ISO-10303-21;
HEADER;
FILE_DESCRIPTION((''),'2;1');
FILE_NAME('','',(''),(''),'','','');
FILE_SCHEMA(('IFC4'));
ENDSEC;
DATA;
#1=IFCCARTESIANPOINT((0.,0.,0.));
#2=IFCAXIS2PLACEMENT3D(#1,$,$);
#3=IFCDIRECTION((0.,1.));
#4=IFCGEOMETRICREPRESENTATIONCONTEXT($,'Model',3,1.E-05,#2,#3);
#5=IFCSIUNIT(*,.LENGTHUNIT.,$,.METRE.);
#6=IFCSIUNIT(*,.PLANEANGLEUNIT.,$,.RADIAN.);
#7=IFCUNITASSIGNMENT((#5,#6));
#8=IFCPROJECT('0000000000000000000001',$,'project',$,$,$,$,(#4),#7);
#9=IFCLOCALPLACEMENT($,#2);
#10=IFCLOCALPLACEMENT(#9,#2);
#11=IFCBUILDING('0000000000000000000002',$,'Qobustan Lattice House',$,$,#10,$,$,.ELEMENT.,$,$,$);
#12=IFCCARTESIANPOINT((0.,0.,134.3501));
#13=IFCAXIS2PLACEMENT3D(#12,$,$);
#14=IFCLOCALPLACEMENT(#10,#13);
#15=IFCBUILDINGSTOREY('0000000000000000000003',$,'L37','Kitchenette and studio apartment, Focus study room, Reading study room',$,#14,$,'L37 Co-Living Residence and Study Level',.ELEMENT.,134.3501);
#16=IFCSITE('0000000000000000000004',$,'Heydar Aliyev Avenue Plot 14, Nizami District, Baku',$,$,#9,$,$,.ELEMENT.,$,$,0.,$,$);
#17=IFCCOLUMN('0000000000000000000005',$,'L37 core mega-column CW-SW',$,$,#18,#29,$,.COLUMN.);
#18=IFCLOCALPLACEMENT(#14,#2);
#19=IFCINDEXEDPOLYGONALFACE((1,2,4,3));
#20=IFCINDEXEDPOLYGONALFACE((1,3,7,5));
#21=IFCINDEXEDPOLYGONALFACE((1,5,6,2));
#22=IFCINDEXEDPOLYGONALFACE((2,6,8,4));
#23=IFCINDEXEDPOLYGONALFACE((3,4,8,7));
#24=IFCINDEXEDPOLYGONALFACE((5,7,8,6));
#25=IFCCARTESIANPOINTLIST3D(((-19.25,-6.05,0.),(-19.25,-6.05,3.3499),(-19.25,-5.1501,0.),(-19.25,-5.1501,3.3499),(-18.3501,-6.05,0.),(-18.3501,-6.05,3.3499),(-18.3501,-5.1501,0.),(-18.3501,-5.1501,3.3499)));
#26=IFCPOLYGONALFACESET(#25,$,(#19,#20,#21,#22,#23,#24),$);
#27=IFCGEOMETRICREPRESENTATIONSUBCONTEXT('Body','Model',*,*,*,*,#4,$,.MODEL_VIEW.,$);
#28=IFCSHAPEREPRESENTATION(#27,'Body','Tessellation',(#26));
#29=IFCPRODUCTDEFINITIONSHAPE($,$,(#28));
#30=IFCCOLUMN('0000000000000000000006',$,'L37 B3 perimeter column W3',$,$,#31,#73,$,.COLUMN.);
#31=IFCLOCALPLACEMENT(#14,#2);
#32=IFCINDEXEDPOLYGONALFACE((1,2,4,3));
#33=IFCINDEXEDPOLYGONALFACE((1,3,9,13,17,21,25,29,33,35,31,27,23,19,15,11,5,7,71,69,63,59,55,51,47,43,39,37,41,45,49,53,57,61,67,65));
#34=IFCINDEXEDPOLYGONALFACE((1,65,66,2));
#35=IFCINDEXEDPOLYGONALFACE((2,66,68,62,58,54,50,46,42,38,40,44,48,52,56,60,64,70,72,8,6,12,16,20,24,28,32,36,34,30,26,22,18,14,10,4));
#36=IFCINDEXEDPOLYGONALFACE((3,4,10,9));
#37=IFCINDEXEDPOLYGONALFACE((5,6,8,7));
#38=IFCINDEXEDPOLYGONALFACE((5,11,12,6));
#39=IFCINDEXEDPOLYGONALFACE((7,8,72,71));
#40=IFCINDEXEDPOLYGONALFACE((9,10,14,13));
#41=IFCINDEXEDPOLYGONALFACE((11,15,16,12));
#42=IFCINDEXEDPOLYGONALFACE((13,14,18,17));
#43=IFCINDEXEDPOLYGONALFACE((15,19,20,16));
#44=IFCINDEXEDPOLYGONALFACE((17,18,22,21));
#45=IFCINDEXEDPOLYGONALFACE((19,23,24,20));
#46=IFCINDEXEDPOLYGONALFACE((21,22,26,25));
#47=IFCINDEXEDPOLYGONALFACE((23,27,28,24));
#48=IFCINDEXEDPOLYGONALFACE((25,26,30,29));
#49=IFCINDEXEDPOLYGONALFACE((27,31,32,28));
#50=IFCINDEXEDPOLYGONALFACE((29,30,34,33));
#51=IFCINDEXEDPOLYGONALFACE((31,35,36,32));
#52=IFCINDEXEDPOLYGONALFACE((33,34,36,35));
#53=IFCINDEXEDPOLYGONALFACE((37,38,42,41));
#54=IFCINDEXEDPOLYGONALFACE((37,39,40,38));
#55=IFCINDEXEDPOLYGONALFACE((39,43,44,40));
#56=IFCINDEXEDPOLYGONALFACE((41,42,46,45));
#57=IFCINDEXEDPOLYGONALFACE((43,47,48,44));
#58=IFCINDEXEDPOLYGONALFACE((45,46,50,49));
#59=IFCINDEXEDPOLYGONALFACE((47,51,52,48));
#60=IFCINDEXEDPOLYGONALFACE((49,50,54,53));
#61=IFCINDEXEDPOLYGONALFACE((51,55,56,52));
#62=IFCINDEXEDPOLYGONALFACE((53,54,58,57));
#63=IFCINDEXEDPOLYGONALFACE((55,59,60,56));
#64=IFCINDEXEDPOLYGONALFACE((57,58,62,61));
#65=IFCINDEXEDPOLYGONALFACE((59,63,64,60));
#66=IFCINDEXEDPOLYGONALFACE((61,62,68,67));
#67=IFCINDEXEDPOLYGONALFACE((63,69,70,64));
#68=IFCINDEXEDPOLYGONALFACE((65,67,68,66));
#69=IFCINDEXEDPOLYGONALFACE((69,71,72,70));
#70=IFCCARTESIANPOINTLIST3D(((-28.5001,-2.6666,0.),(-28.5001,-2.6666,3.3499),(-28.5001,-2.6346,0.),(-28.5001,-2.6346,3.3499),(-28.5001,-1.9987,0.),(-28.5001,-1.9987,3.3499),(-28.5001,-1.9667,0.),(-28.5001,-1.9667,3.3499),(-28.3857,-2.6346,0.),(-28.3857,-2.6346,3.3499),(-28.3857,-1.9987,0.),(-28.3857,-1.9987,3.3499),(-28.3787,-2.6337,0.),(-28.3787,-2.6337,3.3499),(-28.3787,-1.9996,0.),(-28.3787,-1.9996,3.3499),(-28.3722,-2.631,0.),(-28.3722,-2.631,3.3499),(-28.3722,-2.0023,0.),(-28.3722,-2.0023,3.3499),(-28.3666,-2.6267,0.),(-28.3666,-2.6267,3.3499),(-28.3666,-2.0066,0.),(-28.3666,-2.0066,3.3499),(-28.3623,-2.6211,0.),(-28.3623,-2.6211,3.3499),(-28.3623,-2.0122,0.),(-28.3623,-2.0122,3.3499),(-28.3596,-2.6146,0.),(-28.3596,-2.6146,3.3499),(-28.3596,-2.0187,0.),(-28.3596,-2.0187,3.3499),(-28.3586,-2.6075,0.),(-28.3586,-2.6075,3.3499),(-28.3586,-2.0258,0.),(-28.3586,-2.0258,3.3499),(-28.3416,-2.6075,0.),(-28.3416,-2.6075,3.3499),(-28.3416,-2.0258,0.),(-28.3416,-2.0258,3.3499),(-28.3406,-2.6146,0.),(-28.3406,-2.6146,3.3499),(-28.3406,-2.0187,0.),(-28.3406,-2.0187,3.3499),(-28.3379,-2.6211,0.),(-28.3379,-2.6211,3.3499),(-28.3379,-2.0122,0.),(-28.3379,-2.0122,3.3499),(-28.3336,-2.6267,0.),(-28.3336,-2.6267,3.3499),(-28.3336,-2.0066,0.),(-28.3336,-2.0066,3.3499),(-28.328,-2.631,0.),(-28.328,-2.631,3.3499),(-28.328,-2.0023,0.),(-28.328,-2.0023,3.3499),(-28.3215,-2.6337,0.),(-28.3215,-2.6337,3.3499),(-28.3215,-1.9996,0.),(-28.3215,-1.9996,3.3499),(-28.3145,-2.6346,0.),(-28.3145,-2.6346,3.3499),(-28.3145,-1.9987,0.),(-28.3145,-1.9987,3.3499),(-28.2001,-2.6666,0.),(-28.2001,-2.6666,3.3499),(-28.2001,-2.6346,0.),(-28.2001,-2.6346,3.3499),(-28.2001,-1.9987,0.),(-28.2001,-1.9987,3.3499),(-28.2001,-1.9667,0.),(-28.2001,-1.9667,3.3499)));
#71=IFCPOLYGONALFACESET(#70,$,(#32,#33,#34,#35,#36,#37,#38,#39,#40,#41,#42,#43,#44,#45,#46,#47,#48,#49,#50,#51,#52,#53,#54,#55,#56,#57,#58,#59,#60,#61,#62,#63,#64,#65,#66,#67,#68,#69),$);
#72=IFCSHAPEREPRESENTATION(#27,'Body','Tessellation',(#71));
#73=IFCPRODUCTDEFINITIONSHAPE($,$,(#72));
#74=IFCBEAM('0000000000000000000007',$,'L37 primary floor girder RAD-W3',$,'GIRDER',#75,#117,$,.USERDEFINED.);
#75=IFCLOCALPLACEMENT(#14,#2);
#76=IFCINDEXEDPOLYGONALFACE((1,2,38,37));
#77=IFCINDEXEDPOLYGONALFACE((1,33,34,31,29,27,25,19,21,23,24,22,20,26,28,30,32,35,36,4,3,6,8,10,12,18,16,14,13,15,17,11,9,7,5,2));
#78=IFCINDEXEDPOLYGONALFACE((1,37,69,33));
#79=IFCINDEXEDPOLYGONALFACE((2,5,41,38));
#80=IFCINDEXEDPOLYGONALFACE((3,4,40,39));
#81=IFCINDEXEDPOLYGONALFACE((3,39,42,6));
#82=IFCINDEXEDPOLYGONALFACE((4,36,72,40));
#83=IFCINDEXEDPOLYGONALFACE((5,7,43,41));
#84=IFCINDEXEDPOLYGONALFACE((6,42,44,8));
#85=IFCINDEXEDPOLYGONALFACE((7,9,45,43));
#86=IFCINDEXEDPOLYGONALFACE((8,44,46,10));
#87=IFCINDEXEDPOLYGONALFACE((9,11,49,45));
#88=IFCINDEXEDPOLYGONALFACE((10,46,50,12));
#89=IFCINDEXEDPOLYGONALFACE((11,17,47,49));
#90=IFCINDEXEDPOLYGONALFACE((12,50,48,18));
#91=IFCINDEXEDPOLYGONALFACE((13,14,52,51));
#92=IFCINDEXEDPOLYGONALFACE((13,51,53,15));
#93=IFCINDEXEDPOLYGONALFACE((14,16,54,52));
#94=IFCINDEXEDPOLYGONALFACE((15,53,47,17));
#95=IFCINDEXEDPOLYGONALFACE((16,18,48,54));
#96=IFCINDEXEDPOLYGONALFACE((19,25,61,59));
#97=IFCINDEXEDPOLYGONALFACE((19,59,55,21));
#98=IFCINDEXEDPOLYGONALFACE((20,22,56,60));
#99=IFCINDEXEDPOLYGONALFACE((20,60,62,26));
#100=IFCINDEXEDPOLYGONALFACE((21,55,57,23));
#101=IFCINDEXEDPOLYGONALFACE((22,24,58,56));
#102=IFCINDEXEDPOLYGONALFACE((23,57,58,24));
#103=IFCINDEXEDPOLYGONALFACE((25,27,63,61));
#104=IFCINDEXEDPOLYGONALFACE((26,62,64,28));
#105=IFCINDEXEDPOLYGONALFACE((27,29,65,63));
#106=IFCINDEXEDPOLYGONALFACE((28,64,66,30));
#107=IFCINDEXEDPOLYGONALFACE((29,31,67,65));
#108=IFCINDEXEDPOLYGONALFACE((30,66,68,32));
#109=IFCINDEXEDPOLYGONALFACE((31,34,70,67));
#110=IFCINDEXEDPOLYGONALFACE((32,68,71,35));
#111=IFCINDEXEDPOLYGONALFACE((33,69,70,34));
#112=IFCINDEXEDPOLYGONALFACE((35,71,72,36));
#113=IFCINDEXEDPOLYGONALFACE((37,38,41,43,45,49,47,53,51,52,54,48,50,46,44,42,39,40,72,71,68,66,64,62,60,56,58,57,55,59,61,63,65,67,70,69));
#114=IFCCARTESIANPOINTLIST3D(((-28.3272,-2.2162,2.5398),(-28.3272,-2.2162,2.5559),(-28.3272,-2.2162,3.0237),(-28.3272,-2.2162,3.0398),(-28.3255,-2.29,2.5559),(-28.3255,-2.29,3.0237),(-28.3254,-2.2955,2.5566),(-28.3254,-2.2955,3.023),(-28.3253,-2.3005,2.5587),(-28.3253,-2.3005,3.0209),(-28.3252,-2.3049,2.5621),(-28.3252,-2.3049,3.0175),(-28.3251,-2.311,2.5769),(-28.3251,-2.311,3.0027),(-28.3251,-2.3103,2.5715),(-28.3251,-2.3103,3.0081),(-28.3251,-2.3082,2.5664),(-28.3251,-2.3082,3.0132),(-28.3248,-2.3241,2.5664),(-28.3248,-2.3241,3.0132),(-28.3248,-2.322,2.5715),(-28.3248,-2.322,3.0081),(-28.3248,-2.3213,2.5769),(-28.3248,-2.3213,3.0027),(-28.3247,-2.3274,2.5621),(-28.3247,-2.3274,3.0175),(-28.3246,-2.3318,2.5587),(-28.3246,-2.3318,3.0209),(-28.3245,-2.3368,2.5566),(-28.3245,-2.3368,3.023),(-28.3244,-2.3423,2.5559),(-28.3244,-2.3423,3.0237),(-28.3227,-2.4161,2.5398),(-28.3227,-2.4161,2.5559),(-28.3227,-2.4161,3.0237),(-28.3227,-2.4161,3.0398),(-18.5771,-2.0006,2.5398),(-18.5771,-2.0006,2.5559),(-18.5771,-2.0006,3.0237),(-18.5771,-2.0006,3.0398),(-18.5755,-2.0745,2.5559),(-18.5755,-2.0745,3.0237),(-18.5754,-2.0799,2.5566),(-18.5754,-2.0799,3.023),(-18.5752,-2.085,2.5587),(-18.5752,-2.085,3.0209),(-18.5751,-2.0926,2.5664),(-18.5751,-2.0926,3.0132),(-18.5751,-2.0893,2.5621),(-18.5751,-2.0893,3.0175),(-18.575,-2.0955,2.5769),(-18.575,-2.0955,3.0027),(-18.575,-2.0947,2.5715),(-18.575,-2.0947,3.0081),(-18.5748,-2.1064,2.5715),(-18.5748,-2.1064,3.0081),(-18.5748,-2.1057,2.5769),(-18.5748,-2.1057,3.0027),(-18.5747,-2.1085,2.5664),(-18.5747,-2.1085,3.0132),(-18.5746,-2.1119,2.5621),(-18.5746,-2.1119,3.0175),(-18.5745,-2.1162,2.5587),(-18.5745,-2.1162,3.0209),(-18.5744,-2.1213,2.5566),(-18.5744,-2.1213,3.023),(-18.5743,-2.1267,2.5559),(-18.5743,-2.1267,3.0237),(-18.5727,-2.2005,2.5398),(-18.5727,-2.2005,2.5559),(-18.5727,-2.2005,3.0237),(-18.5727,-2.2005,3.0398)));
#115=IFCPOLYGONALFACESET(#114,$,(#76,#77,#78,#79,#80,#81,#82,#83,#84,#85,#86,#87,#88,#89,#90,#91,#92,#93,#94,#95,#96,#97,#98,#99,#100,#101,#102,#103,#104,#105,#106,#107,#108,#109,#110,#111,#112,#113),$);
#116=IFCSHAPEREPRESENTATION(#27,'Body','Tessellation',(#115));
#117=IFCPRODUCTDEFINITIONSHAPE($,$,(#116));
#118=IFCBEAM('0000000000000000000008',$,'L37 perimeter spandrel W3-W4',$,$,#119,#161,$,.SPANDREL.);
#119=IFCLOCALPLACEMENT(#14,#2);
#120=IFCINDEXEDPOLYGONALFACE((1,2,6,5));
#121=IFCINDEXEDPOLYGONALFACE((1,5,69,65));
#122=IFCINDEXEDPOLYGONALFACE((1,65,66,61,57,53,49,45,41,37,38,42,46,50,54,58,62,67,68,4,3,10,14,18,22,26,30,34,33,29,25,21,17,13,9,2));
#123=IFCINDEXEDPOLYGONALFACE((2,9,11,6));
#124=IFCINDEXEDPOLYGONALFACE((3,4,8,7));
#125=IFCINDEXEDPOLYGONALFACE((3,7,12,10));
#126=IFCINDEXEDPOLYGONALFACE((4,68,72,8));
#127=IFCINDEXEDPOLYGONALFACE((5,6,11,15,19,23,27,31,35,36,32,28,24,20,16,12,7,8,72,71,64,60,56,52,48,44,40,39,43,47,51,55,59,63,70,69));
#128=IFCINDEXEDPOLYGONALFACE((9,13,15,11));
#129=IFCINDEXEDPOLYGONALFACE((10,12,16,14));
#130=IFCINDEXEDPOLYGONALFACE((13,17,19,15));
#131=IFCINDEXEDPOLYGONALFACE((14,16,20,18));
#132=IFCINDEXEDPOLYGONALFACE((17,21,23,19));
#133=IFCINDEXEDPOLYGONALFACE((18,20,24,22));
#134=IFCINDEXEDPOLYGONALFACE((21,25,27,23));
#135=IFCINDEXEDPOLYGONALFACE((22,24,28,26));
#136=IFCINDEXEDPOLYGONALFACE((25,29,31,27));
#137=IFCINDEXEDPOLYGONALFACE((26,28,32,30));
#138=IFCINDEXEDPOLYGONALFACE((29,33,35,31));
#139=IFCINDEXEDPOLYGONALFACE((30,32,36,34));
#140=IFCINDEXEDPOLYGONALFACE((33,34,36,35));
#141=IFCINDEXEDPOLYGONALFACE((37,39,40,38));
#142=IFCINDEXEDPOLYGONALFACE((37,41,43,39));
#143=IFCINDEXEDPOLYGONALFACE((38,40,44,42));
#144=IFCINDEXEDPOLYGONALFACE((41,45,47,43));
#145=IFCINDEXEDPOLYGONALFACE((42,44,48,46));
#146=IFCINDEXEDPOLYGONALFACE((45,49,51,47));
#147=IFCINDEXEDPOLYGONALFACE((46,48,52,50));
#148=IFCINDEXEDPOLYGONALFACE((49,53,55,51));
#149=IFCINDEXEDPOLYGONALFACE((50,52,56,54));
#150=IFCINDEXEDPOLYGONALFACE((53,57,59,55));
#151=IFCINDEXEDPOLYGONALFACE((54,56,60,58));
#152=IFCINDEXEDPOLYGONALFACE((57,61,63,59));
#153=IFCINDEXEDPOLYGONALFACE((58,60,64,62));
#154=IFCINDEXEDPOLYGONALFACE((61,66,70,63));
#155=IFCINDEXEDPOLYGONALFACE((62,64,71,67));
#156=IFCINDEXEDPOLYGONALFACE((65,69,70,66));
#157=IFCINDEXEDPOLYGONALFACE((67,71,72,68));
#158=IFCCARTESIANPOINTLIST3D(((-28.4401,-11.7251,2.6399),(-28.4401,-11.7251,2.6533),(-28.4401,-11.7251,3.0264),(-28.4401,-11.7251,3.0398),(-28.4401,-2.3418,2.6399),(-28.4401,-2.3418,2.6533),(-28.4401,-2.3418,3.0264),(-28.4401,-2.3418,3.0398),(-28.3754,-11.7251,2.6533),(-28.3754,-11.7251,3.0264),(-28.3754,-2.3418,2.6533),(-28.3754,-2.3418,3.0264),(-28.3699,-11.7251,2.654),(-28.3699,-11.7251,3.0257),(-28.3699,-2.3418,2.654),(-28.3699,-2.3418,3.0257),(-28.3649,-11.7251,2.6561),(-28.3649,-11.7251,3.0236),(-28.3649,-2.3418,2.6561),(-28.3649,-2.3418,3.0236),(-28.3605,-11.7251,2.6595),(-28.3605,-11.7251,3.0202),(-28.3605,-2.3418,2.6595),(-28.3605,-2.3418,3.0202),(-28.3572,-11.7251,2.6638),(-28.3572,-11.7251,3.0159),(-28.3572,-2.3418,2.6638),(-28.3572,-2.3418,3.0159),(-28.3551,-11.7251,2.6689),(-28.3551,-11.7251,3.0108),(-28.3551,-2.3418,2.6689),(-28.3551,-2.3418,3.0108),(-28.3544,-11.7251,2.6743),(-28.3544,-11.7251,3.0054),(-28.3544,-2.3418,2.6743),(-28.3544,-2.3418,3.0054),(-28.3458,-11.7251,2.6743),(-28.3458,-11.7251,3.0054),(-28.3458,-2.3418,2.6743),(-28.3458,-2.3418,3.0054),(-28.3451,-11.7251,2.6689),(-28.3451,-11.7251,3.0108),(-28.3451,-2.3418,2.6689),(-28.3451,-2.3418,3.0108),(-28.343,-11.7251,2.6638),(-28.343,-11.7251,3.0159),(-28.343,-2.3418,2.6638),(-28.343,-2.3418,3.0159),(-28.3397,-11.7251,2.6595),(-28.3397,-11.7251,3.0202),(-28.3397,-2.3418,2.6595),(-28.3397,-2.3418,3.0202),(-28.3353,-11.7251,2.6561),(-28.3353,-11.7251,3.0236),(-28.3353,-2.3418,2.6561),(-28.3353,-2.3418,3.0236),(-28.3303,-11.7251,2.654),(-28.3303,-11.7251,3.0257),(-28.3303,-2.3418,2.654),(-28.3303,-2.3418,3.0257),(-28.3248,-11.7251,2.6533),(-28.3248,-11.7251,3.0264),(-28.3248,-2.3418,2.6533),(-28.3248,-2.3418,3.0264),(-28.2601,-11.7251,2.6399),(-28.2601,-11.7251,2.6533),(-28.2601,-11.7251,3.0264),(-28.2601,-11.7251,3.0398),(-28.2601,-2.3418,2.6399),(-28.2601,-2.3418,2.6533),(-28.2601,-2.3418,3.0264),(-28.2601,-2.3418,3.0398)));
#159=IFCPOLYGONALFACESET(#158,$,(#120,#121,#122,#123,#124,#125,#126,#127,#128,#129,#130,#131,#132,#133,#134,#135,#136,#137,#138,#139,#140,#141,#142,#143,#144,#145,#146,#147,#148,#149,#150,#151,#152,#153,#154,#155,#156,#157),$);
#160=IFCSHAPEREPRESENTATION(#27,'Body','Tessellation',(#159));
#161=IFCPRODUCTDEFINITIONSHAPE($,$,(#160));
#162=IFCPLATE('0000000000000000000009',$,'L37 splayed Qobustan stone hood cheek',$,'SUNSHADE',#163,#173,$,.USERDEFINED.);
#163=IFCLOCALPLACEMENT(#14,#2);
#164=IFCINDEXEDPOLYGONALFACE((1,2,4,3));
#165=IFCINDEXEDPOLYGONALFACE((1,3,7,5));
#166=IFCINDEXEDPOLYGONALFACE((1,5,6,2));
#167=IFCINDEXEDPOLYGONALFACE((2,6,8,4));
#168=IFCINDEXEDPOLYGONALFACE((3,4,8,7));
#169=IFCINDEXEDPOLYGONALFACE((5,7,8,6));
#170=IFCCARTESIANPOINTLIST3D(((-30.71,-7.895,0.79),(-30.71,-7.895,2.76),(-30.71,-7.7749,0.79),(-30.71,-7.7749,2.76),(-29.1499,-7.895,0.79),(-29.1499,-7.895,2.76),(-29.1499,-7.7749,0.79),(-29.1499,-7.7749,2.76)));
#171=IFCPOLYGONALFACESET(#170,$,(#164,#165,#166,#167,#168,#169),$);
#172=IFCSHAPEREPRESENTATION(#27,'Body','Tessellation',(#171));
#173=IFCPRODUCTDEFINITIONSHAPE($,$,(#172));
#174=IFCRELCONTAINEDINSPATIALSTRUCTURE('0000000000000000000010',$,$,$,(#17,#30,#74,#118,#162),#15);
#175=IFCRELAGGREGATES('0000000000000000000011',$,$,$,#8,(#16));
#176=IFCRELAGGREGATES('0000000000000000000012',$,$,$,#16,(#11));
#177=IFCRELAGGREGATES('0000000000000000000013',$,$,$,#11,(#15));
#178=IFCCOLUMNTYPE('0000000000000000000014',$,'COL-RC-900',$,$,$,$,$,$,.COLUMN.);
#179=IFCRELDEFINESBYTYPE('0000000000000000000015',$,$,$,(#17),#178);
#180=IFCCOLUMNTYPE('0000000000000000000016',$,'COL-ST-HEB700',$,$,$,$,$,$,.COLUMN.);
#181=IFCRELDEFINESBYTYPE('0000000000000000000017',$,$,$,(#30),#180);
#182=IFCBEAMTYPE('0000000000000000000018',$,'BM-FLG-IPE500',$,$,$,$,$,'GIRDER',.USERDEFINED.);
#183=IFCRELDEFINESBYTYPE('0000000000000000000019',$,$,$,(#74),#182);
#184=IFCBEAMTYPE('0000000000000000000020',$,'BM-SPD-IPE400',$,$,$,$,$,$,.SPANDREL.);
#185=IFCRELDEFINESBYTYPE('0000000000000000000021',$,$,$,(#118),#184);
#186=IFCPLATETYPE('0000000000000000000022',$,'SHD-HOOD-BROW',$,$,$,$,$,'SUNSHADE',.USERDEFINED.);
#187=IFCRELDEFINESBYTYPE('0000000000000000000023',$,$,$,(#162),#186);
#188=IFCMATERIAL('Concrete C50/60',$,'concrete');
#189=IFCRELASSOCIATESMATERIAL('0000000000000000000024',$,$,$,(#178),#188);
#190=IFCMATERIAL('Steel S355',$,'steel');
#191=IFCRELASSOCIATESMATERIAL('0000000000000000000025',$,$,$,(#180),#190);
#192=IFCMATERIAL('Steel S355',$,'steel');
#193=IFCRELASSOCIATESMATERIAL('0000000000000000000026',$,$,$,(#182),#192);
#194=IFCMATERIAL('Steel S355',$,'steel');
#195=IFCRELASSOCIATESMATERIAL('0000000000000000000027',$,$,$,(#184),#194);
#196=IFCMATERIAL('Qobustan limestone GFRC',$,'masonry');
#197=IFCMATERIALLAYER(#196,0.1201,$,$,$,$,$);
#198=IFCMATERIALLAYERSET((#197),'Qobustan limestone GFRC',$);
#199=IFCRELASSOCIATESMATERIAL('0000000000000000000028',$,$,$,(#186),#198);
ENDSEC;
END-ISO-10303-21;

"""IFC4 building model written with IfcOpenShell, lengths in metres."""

from ifc_helpers import new_model, si_unit, direction, frame, origin, origin_2d, place, context, subcontext, project, spatial, rectangle, i_section, extrude, material, layer, layer_set, material_profile, profile_set, type_object, element, save


model = new_model("IFC4")

# Units and contexts
model_context = context("Model", 3, precision=1e-05, world=origin(), true_north=direction((0.0, 1.0)))
body_context = subcontext(model_context, "Body", "Model", "MODEL_VIEW")
ifc_project = project(units=[si_unit("LENGTHUNIT", "METRE"), si_unit("PLANEANGLEUNIT", "RADIAN")], contexts=[model_context])

# Site, building, storey
site_placement = place(None, origin())
site = spatial("IfcSite", under=ifc_project, at=site_placement, Name="Heydar Aliyev Avenue Plot 14, Nizami District, Baku", CompositionType="ELEMENT", RefElevation=0.0)
building_placement = place(site_placement, origin())
building = spatial("IfcBuilding", under=site, at=building_placement, Name="Qobustan Lattice House", CompositionType="ELEMENT")
storey_placement = place(building_placement, frame((0.0, 0.0, 134.3501)))
storey = spatial("IfcBuildingStorey", under=building, at=storey_placement, Name="L37", Description="Kitchenette and studio apartment, Focus study room, Reading study room", LongName="L37 Co-Living Residence and Study Level", CompositionType="ELEMENT", Elevation=134.3501)

# Columns
ifc_material_1 = material(Name="Concrete C50/60", Category="concrete")
ifc_material_profile_1 = material_profile(ifc_material_1, rectangle(XDim=0.8999, YDim=0.8999, at=origin_2d()), Name="RC900x900")
ifc_profile_set_1 = profile_set([ifc_material_profile_1], Name="Concrete C50/60")
column_type_1 = type_object("IfcColumnType", Name="COL-RC-900", PredefinedType="COLUMN", material=ifc_profile_set_1)
column_1_placement = place(storey_placement, frame((-18.8, -5.6001, 0.0), z_axis=(0.0, 0.0, 1.0), x_axis=(1.0, 0.0, 0.0)))
element("IfcColumn", 1, at=column_1_placement, inside=storey, type_object=column_type_1, Name="L37 core mega-column CW-SW", PredefinedType="COLUMN", context=body_context, shape_type="SweptSolid", body=[
    extrude(rectangle(XDim=0.8999, YDim=0.8999, at=origin_2d()), origin(), (0.0, 0.0, 1.0), 3.3499),
])
ifc_material_2 = material(Name="Steel S355", Category="steel")
ifc_material_profile_2 = material_profile(ifc_material_2, i_section(OverallWidth=0.3, OverallDepth=0.7, WebThickness=0.0171, FlangeThickness=0.032, FilletRadius=0.0271, at=origin_2d()), Name="HEB700")
ifc_profile_set_2 = profile_set([ifc_material_profile_2], Name="Steel S355")
column_type_2 = type_object("IfcColumnType", Name="COL-ST-HEB700", PredefinedType="COLUMN", material=ifc_profile_set_2)
column_2_placement = place(storey_placement, frame((-28.3501, -2.3167, 0.0), z_axis=(0.0, 0.0, 1.0), x_axis=(1.0, 0.0, 0.0)))
element("IfcColumn", 2, at=column_2_placement, inside=storey, type_object=column_type_2, Name="L37 B3 perimeter column W3", PredefinedType="COLUMN", context=body_context, shape_type="SweptSolid", body=[
    extrude(i_section(OverallWidth=0.3, OverallDepth=0.7, WebThickness=0.0171, FlangeThickness=0.032, FilletRadius=0.0271, at=origin_2d()), origin(), (0.0, 0.0, 1.0), 3.3499),
])

# Beams
ifc_material_3 = material(Name="Steel S355", Category="steel")
ifc_material_profile_3 = material_profile(ifc_material_3, i_section(OverallWidth=0.2, OverallDepth=0.5, WebThickness=0.0103, FlangeThickness=0.0161, FilletRadius=0.021, at=origin_2d()), Name="IPE500")
ifc_profile_set_3 = profile_set([ifc_material_profile_3], Name="Steel S355")
beam_type_1 = type_object("IfcBeamType", Name="BM-FLG-IPE500", ElementType="GIRDER", PredefinedType="USERDEFINED", material=ifc_profile_set_3)
beam_1_placement = place(storey_placement, frame((-28.325, -2.3162, 2.7898), z_axis=(0.999756, 0.022105, 0.0), x_axis=(-0.022105, 0.999756, 0.0)))
element("IfcBeam", 3, at=beam_1_placement, inside=storey, type_object=beam_type_1, Name="L37 primary floor girder RAD-W3", ObjectType="GIRDER", PredefinedType="USERDEFINED", context=body_context, shape_type="SweptSolid", body=[
    extrude(i_section(OverallWidth=0.2, OverallDepth=0.5, WebThickness=0.0103, FlangeThickness=0.0161, FilletRadius=0.021, at=origin_2d()), origin(), (0.0, 0.0, 1.0), 9.7524),
])
ifc_material_4 = material(Name="Steel S355", Category="steel")
ifc_material_profile_4 = material_profile(ifc_material_4, i_section(OverallWidth=0.1799, OverallDepth=0.3999, WebThickness=0.0085, FlangeThickness=0.0134, FilletRadius=0.021, at=origin_2d()), Name="IPE400")
ifc_profile_set_4 = profile_set([ifc_material_profile_4], Name="Steel S355")
beam_type_2 = type_object("IfcBeamType", Name="BM-SPD-IPE400", PredefinedType="SPANDREL", material=ifc_profile_set_4)
beam_2_placement = place(storey_placement, frame((-28.3501, -2.3418, 2.8398), z_axis=(0.0, -1.0, 0.0), x_axis=(1.0, 0.0, 0.0)))
element("IfcBeam", 4, at=beam_2_placement, inside=storey, type_object=beam_type_2, Name="L37 perimeter spandrel W3-W4", PredefinedType="SPANDREL", context=body_context, shape_type="SweptSolid", body=[
    extrude(i_section(OverallWidth=0.1799, OverallDepth=0.3999, WebThickness=0.0085, FlangeThickness=0.0134, FilletRadius=0.021, at=origin_2d()), origin(), (0.0, 0.0, 1.0), 9.3833),
])

# Plate
ifc_material_5 = material(Name="Qobustan limestone GFRC", Category="masonry")
ifc_layer_1 = layer(ifc_material_5, 0.1201)
ifc_layer_set_1 = layer_set([ifc_layer_1], Name="Qobustan limestone GFRC")
plate_type = type_object("IfcPlateType", Name="SHD-HOOD-BROW", ElementType="SUNSHADE", PredefinedType="USERDEFINED", material=ifc_layer_set_1)
plate_placement = place(storey_placement, frame((-29.9299, -7.835, 0.79), z_axis=(0.0, 0.0, 1.0), x_axis=(0.0, 1.0, 0.0)))
element("IfcPlate", 5, at=plate_placement, inside=storey, type_object=plate_type, Name="L37 splayed Qobustan stone hood cheek", ObjectType="SUNSHADE", PredefinedType="USERDEFINED", context=body_context, shape_type="SweptSolid", body=[
    extrude(rectangle(XDim=0.1201, YDim=1.5601, at=origin_2d()), origin(), (0.0, 0.0, 1.0), 1.97),
])

save(model, "model.ifc")
